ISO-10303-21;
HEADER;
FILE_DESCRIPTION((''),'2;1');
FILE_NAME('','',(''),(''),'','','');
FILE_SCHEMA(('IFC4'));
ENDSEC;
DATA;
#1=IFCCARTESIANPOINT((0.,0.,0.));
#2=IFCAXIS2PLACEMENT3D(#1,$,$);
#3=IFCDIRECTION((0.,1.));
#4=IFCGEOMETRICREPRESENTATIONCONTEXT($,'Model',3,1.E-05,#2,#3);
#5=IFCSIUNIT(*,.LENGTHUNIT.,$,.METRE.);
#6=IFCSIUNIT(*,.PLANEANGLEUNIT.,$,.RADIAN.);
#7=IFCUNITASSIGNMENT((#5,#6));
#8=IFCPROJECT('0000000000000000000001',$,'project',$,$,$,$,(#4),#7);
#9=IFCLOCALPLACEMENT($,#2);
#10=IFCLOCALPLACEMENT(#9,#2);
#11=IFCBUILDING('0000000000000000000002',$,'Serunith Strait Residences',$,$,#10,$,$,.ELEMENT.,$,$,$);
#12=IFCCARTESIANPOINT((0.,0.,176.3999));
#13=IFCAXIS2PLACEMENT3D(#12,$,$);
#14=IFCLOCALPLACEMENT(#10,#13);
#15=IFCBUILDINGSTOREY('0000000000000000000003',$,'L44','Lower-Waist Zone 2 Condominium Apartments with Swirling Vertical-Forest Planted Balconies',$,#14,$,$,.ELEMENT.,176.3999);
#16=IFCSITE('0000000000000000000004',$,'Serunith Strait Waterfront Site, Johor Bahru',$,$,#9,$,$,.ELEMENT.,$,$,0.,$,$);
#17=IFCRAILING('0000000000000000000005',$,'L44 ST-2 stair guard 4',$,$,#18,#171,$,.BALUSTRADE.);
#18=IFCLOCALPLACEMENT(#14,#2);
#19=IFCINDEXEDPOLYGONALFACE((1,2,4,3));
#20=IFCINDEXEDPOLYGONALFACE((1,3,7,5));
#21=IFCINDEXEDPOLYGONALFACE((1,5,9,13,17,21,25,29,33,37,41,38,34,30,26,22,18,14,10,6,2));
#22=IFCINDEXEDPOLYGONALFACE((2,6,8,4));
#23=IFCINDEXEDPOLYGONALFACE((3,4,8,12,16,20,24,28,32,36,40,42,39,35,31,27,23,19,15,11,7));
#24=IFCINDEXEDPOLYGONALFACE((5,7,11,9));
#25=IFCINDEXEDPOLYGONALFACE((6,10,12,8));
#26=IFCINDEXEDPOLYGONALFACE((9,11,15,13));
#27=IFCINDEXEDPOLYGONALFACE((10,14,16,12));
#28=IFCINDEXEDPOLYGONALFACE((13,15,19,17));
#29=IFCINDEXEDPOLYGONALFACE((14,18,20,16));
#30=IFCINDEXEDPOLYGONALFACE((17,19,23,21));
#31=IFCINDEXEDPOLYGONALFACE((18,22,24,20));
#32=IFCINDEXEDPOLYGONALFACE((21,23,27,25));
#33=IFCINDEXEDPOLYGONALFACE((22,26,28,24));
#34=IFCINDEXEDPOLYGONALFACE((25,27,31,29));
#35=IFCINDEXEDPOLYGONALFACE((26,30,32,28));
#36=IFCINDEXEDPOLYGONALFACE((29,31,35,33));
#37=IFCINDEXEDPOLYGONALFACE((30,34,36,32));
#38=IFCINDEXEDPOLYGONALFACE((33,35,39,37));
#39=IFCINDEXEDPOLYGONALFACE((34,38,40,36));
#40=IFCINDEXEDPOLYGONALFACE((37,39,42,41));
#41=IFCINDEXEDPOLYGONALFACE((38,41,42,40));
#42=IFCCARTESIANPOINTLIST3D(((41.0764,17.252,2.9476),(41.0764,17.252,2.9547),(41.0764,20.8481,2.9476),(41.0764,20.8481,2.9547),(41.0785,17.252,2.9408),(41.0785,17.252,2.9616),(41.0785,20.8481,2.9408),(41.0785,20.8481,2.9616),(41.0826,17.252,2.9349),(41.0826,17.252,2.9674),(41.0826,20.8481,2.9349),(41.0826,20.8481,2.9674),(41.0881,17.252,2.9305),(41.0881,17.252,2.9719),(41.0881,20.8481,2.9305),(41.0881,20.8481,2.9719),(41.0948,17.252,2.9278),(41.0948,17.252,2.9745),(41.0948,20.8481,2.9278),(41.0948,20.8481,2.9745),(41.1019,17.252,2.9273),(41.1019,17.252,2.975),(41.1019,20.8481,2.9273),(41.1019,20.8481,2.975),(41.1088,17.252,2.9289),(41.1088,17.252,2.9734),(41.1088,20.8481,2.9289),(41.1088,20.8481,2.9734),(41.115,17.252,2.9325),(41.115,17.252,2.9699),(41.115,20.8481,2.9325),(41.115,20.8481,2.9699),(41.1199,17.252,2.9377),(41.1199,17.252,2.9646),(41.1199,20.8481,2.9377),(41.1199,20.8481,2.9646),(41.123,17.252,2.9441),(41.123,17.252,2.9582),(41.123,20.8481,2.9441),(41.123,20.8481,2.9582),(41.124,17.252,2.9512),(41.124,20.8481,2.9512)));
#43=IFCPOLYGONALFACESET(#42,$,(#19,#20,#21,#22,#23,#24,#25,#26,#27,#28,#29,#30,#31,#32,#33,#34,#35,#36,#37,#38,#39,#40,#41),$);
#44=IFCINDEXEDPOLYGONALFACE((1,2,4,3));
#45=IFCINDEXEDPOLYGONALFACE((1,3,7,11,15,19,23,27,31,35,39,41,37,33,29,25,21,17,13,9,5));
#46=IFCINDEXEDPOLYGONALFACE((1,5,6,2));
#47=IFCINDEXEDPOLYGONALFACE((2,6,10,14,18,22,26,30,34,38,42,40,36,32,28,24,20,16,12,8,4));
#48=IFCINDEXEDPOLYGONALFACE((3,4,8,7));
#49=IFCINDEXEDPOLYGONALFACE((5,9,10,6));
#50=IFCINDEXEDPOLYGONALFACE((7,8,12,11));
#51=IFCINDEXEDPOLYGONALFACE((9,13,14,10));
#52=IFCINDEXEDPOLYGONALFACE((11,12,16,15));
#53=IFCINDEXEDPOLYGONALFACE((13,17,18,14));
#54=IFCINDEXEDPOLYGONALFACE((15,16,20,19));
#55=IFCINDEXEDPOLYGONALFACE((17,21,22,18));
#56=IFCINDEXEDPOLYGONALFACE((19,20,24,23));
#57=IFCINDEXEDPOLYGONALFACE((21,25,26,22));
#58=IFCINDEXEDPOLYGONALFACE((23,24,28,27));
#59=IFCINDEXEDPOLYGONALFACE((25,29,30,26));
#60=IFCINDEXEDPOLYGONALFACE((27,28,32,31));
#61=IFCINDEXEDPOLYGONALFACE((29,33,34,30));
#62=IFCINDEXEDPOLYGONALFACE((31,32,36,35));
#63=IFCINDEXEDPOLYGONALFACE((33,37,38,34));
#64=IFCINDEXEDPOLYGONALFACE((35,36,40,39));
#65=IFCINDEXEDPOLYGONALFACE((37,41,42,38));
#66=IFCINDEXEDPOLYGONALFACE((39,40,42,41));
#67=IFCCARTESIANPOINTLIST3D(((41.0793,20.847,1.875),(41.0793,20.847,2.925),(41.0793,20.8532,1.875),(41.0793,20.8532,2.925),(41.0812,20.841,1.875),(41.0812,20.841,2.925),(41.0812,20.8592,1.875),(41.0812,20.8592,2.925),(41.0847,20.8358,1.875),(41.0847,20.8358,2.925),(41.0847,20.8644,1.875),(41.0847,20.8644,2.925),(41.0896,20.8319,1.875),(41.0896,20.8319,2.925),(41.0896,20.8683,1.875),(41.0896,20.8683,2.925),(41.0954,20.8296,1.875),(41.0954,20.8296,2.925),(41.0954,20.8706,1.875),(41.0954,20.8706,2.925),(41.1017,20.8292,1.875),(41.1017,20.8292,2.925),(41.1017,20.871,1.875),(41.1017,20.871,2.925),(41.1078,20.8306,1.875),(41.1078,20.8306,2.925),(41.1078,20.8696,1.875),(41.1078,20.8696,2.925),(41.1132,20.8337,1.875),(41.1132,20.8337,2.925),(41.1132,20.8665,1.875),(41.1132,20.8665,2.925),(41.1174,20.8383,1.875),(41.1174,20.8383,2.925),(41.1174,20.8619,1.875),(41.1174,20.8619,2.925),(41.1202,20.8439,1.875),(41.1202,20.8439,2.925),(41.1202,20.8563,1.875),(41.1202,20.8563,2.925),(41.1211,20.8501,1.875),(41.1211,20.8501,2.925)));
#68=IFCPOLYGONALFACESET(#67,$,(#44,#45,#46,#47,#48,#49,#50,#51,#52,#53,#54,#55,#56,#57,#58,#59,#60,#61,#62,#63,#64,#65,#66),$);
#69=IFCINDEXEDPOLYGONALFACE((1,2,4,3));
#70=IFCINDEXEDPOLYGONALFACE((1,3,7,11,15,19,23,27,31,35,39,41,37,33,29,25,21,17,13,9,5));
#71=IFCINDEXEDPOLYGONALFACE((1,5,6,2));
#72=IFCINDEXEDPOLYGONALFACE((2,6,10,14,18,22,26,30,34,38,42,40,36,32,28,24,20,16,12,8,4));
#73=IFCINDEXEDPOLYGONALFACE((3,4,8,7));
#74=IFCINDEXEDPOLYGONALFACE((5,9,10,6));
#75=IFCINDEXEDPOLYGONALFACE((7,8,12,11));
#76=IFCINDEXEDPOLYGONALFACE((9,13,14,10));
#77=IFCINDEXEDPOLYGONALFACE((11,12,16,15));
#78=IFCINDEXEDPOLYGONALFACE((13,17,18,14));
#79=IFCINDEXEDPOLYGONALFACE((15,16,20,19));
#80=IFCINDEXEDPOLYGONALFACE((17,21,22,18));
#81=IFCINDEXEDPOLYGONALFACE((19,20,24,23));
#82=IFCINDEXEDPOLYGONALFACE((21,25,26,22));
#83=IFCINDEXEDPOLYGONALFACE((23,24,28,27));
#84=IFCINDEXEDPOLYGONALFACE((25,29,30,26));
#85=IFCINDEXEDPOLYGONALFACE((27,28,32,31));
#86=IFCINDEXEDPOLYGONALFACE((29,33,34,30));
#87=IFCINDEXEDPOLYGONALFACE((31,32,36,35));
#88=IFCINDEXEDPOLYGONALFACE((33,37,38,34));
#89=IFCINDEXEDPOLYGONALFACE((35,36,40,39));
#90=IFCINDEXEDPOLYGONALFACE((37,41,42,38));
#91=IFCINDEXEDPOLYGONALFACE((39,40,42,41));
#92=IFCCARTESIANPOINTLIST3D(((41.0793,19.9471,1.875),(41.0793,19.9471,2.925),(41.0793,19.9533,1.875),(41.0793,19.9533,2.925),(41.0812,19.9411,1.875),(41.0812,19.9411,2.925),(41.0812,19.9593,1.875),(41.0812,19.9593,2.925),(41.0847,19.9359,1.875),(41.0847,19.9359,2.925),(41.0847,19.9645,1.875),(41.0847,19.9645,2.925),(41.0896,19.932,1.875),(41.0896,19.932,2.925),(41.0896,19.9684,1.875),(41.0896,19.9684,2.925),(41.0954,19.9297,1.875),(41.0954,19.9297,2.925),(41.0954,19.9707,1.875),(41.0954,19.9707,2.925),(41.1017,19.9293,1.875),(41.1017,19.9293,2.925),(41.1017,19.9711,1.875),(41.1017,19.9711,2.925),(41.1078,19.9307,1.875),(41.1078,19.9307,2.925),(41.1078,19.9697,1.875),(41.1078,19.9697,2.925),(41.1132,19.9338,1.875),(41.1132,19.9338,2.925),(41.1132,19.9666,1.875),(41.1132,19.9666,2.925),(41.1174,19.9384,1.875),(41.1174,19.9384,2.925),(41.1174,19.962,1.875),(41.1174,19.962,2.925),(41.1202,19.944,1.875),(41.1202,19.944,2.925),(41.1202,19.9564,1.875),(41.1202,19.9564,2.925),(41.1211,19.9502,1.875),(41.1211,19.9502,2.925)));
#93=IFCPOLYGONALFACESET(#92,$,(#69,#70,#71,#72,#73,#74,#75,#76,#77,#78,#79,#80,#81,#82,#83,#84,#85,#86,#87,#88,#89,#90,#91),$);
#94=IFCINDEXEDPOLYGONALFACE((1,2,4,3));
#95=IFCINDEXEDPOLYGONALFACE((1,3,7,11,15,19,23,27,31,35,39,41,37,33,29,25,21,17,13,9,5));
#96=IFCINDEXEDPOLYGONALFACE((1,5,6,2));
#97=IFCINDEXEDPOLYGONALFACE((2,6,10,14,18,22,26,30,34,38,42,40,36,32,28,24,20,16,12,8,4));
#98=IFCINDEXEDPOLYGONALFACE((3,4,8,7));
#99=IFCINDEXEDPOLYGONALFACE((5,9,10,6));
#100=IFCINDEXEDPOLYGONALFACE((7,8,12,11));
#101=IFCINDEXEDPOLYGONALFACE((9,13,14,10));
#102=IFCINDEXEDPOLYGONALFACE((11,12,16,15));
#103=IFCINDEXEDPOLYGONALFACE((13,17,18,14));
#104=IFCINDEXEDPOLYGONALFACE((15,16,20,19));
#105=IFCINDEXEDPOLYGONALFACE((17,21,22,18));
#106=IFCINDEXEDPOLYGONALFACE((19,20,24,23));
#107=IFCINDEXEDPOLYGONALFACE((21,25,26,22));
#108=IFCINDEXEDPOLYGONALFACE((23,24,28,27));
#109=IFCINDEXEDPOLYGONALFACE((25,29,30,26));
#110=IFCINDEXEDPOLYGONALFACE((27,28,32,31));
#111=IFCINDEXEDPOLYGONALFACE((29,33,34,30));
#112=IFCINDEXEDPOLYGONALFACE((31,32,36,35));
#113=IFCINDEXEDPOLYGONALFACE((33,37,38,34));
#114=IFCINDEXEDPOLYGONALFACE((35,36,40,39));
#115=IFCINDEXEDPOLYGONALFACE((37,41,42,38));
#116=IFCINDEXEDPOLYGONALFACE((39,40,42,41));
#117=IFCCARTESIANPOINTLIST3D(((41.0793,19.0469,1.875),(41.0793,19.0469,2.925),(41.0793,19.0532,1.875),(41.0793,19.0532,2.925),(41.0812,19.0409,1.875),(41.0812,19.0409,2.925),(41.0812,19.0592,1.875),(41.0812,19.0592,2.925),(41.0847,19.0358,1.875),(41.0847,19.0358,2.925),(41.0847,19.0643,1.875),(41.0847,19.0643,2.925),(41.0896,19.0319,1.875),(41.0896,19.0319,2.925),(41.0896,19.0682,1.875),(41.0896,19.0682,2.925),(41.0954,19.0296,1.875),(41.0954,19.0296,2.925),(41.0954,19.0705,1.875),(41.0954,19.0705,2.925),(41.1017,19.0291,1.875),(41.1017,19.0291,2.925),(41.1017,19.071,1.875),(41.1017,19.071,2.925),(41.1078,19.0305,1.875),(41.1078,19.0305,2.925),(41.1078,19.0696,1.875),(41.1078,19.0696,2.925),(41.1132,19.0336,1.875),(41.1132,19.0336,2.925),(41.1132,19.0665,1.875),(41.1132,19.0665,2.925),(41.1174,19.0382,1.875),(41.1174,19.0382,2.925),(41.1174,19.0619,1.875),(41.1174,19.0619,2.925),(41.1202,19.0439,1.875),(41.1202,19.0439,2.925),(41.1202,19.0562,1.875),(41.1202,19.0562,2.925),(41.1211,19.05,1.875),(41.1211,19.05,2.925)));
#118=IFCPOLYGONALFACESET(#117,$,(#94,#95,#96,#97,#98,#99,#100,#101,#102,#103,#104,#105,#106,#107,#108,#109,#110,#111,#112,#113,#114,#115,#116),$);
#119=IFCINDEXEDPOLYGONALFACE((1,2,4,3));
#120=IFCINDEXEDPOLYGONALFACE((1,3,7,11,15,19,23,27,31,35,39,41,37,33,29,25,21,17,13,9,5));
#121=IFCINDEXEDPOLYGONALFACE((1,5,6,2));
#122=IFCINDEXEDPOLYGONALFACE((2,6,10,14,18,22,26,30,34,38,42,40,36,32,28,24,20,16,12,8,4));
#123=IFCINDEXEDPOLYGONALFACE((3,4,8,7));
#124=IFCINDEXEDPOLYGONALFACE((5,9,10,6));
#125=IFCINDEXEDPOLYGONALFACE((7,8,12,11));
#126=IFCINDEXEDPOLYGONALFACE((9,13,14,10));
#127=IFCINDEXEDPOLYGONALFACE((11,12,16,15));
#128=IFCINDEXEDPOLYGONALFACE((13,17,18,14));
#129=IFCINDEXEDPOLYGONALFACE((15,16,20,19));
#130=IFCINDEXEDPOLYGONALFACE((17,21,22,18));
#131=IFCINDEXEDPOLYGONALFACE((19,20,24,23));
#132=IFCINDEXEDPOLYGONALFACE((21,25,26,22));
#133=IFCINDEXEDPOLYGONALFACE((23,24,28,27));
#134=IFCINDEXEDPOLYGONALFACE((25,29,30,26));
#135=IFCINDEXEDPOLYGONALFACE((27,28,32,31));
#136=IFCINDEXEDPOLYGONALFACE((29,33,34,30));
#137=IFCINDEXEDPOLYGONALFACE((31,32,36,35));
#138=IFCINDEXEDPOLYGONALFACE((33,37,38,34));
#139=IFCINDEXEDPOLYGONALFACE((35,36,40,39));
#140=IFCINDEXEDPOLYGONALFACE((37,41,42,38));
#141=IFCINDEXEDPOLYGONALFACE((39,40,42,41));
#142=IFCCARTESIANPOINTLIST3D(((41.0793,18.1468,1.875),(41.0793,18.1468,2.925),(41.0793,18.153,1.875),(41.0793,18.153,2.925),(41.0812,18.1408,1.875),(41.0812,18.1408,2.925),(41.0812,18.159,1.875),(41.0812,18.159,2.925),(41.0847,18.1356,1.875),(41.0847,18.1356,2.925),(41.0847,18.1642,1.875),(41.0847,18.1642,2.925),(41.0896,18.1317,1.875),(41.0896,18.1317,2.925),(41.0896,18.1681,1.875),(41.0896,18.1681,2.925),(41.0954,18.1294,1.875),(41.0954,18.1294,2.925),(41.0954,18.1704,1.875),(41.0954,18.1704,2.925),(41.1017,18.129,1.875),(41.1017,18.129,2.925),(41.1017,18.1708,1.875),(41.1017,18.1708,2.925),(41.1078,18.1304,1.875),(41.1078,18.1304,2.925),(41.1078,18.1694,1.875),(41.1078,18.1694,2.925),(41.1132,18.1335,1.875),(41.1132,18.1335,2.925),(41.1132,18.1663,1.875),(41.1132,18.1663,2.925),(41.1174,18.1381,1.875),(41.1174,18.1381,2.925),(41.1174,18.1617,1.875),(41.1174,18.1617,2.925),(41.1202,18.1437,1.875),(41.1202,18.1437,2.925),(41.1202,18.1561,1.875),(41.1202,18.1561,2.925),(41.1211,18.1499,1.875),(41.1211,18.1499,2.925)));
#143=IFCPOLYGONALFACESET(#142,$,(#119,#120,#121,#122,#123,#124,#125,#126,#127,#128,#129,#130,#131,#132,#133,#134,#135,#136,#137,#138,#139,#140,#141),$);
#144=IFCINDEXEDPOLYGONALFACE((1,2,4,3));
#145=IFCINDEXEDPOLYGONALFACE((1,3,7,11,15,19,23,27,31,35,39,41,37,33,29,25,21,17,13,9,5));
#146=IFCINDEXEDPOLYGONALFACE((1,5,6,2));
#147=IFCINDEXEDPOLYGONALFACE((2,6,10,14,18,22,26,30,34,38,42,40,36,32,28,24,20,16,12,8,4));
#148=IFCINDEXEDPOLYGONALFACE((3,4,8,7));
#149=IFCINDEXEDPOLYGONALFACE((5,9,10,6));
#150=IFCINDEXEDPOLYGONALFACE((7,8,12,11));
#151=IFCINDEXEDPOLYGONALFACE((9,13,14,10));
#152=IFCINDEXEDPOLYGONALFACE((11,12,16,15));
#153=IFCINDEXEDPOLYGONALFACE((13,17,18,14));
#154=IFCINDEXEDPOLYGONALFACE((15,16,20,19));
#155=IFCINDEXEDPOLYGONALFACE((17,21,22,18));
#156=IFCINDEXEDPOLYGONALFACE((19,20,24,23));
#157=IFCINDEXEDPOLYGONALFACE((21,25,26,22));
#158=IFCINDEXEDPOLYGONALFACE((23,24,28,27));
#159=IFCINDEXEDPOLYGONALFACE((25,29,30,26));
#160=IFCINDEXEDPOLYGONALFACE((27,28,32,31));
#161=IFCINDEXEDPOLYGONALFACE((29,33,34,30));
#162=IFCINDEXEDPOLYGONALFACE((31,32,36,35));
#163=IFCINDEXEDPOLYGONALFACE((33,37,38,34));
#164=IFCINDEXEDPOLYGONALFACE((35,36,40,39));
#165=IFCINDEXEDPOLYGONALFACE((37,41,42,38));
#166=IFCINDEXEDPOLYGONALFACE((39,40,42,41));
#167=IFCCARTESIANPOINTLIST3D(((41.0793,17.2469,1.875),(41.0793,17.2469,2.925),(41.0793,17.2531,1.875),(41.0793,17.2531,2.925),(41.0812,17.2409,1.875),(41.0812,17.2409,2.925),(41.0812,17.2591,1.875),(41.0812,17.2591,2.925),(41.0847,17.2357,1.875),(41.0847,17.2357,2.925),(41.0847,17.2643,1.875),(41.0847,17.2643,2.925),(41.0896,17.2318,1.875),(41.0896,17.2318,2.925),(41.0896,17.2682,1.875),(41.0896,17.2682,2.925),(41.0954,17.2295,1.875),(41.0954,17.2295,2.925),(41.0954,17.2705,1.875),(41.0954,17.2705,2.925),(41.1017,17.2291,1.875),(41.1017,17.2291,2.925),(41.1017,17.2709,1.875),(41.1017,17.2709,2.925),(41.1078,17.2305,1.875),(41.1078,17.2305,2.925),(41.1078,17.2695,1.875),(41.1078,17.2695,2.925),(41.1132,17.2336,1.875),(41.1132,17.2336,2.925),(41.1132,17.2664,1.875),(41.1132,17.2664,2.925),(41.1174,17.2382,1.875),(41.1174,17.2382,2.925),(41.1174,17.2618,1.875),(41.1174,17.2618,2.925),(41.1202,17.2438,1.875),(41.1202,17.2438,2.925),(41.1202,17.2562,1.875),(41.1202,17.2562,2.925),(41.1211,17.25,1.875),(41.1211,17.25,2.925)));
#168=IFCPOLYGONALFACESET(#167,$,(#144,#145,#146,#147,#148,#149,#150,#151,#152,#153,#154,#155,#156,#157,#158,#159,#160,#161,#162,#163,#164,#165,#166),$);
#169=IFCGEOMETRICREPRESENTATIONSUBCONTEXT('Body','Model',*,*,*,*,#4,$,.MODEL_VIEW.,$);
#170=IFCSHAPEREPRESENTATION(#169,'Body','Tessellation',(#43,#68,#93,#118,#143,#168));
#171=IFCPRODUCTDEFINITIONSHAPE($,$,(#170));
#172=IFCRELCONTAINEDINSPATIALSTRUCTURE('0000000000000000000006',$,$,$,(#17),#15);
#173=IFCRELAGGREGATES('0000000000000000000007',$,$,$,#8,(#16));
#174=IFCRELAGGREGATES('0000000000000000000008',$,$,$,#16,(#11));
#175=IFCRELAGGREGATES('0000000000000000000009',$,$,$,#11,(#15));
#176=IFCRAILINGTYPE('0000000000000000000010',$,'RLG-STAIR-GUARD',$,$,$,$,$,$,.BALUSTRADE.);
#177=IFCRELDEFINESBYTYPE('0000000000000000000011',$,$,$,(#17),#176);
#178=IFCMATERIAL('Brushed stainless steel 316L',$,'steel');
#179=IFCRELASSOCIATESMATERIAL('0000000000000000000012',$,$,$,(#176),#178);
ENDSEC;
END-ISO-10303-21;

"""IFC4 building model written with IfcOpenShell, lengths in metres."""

from ifc_helpers import new_model, si_unit, direction, frame, origin, origin_2d, place, context, subcontext, project, spatial, circle, extrude, material, type_object, element, save


model = new_model("IFC4")

# Units and contexts
model_context = context("Model", 3, precision=1e-05, world=origin(), true_north=direction((0.0, 1.0)))
body_context = subcontext(model_context, "Body", "Model", "MODEL_VIEW")
ifc_project = project(units=[si_unit("LENGTHUNIT", "METRE"), si_unit("PLANEANGLEUNIT", "RADIAN")], contexts=[model_context])

# Site, building, storey
site_placement = place(None, origin())
site = spatial("IfcSite", under=ifc_project, at=site_placement, Name="Serunith Strait Waterfront Site, Johor Bahru", CompositionType="ELEMENT", RefElevation=0.0)
building_placement = place(site_placement, origin())
building = spatial("IfcBuilding", under=site, at=building_placement, Name="Serunith Strait Residences", CompositionType="ELEMENT")
storey_placement = place(building_placement, frame((0.0, 0.0, 176.3999)))
storey = spatial("IfcBuildingStorey", under=building, at=storey_placement, Name="L44", Description="Lower-Waist Zone 2 Condominium Apartments with Swirling Vertical-Forest Planted Balconies", CompositionType="ELEMENT", Elevation=176.3999)

# Railing
ifc_material_1 = material(Name="Brushed stainless steel 316L", Category="steel")
railing_type_1 = type_object("IfcRailingType", Name="RLG-STAIR-GUARD", PredefinedType="BALUSTRADE", material=ifc_material_1)
for number, where, name in (
    (1, (41.1001, 20.8501, 1.875), "L44 ST-2 stair guard 4"),
):
    element("IfcRailing", number, at=place(storey_placement, frame(where)), inside=storey, type_object=railing_type_1, Name=name, PredefinedType="BALUSTRADE", context=body_context, shape_type="SweptSolid", body=[
        extrude(circle(Radius=0.0239, at=origin_2d()), frame((0.0, -0.002, 1.0762), z_axis=(0.0, -1.0, 0.0), x_axis=(1.0, 0.0, 0.0)), (0.0, 0.0, 1.0), 3.5962),
        extrude(circle(Radius=0.021, at=origin_2d()), origin(), (0.0, 0.0, 1.0), 1.05),
        extrude(circle(Radius=0.021, at=origin_2d()), frame((0.0, -0.8999, 0.0)), (0.0, 0.0, 1.0), 1.05),
        extrude(circle(Radius=0.021, at=origin_2d()), frame((0.0, -1.8, 0.0)), (0.0, 0.0, 1.0), 1.05),
        extrude(circle(Radius=0.021, at=origin_2d()), frame((0.0, -2.7002, 0.0)), (0.0, 0.0, 1.0), 1.05),
        extrude(circle(Radius=0.021, at=origin_2d()), frame((0.0, -3.6001, 0.0)), (0.0, 0.0, 1.0), 1.05),
    ])

save(model, "model.ifc")
